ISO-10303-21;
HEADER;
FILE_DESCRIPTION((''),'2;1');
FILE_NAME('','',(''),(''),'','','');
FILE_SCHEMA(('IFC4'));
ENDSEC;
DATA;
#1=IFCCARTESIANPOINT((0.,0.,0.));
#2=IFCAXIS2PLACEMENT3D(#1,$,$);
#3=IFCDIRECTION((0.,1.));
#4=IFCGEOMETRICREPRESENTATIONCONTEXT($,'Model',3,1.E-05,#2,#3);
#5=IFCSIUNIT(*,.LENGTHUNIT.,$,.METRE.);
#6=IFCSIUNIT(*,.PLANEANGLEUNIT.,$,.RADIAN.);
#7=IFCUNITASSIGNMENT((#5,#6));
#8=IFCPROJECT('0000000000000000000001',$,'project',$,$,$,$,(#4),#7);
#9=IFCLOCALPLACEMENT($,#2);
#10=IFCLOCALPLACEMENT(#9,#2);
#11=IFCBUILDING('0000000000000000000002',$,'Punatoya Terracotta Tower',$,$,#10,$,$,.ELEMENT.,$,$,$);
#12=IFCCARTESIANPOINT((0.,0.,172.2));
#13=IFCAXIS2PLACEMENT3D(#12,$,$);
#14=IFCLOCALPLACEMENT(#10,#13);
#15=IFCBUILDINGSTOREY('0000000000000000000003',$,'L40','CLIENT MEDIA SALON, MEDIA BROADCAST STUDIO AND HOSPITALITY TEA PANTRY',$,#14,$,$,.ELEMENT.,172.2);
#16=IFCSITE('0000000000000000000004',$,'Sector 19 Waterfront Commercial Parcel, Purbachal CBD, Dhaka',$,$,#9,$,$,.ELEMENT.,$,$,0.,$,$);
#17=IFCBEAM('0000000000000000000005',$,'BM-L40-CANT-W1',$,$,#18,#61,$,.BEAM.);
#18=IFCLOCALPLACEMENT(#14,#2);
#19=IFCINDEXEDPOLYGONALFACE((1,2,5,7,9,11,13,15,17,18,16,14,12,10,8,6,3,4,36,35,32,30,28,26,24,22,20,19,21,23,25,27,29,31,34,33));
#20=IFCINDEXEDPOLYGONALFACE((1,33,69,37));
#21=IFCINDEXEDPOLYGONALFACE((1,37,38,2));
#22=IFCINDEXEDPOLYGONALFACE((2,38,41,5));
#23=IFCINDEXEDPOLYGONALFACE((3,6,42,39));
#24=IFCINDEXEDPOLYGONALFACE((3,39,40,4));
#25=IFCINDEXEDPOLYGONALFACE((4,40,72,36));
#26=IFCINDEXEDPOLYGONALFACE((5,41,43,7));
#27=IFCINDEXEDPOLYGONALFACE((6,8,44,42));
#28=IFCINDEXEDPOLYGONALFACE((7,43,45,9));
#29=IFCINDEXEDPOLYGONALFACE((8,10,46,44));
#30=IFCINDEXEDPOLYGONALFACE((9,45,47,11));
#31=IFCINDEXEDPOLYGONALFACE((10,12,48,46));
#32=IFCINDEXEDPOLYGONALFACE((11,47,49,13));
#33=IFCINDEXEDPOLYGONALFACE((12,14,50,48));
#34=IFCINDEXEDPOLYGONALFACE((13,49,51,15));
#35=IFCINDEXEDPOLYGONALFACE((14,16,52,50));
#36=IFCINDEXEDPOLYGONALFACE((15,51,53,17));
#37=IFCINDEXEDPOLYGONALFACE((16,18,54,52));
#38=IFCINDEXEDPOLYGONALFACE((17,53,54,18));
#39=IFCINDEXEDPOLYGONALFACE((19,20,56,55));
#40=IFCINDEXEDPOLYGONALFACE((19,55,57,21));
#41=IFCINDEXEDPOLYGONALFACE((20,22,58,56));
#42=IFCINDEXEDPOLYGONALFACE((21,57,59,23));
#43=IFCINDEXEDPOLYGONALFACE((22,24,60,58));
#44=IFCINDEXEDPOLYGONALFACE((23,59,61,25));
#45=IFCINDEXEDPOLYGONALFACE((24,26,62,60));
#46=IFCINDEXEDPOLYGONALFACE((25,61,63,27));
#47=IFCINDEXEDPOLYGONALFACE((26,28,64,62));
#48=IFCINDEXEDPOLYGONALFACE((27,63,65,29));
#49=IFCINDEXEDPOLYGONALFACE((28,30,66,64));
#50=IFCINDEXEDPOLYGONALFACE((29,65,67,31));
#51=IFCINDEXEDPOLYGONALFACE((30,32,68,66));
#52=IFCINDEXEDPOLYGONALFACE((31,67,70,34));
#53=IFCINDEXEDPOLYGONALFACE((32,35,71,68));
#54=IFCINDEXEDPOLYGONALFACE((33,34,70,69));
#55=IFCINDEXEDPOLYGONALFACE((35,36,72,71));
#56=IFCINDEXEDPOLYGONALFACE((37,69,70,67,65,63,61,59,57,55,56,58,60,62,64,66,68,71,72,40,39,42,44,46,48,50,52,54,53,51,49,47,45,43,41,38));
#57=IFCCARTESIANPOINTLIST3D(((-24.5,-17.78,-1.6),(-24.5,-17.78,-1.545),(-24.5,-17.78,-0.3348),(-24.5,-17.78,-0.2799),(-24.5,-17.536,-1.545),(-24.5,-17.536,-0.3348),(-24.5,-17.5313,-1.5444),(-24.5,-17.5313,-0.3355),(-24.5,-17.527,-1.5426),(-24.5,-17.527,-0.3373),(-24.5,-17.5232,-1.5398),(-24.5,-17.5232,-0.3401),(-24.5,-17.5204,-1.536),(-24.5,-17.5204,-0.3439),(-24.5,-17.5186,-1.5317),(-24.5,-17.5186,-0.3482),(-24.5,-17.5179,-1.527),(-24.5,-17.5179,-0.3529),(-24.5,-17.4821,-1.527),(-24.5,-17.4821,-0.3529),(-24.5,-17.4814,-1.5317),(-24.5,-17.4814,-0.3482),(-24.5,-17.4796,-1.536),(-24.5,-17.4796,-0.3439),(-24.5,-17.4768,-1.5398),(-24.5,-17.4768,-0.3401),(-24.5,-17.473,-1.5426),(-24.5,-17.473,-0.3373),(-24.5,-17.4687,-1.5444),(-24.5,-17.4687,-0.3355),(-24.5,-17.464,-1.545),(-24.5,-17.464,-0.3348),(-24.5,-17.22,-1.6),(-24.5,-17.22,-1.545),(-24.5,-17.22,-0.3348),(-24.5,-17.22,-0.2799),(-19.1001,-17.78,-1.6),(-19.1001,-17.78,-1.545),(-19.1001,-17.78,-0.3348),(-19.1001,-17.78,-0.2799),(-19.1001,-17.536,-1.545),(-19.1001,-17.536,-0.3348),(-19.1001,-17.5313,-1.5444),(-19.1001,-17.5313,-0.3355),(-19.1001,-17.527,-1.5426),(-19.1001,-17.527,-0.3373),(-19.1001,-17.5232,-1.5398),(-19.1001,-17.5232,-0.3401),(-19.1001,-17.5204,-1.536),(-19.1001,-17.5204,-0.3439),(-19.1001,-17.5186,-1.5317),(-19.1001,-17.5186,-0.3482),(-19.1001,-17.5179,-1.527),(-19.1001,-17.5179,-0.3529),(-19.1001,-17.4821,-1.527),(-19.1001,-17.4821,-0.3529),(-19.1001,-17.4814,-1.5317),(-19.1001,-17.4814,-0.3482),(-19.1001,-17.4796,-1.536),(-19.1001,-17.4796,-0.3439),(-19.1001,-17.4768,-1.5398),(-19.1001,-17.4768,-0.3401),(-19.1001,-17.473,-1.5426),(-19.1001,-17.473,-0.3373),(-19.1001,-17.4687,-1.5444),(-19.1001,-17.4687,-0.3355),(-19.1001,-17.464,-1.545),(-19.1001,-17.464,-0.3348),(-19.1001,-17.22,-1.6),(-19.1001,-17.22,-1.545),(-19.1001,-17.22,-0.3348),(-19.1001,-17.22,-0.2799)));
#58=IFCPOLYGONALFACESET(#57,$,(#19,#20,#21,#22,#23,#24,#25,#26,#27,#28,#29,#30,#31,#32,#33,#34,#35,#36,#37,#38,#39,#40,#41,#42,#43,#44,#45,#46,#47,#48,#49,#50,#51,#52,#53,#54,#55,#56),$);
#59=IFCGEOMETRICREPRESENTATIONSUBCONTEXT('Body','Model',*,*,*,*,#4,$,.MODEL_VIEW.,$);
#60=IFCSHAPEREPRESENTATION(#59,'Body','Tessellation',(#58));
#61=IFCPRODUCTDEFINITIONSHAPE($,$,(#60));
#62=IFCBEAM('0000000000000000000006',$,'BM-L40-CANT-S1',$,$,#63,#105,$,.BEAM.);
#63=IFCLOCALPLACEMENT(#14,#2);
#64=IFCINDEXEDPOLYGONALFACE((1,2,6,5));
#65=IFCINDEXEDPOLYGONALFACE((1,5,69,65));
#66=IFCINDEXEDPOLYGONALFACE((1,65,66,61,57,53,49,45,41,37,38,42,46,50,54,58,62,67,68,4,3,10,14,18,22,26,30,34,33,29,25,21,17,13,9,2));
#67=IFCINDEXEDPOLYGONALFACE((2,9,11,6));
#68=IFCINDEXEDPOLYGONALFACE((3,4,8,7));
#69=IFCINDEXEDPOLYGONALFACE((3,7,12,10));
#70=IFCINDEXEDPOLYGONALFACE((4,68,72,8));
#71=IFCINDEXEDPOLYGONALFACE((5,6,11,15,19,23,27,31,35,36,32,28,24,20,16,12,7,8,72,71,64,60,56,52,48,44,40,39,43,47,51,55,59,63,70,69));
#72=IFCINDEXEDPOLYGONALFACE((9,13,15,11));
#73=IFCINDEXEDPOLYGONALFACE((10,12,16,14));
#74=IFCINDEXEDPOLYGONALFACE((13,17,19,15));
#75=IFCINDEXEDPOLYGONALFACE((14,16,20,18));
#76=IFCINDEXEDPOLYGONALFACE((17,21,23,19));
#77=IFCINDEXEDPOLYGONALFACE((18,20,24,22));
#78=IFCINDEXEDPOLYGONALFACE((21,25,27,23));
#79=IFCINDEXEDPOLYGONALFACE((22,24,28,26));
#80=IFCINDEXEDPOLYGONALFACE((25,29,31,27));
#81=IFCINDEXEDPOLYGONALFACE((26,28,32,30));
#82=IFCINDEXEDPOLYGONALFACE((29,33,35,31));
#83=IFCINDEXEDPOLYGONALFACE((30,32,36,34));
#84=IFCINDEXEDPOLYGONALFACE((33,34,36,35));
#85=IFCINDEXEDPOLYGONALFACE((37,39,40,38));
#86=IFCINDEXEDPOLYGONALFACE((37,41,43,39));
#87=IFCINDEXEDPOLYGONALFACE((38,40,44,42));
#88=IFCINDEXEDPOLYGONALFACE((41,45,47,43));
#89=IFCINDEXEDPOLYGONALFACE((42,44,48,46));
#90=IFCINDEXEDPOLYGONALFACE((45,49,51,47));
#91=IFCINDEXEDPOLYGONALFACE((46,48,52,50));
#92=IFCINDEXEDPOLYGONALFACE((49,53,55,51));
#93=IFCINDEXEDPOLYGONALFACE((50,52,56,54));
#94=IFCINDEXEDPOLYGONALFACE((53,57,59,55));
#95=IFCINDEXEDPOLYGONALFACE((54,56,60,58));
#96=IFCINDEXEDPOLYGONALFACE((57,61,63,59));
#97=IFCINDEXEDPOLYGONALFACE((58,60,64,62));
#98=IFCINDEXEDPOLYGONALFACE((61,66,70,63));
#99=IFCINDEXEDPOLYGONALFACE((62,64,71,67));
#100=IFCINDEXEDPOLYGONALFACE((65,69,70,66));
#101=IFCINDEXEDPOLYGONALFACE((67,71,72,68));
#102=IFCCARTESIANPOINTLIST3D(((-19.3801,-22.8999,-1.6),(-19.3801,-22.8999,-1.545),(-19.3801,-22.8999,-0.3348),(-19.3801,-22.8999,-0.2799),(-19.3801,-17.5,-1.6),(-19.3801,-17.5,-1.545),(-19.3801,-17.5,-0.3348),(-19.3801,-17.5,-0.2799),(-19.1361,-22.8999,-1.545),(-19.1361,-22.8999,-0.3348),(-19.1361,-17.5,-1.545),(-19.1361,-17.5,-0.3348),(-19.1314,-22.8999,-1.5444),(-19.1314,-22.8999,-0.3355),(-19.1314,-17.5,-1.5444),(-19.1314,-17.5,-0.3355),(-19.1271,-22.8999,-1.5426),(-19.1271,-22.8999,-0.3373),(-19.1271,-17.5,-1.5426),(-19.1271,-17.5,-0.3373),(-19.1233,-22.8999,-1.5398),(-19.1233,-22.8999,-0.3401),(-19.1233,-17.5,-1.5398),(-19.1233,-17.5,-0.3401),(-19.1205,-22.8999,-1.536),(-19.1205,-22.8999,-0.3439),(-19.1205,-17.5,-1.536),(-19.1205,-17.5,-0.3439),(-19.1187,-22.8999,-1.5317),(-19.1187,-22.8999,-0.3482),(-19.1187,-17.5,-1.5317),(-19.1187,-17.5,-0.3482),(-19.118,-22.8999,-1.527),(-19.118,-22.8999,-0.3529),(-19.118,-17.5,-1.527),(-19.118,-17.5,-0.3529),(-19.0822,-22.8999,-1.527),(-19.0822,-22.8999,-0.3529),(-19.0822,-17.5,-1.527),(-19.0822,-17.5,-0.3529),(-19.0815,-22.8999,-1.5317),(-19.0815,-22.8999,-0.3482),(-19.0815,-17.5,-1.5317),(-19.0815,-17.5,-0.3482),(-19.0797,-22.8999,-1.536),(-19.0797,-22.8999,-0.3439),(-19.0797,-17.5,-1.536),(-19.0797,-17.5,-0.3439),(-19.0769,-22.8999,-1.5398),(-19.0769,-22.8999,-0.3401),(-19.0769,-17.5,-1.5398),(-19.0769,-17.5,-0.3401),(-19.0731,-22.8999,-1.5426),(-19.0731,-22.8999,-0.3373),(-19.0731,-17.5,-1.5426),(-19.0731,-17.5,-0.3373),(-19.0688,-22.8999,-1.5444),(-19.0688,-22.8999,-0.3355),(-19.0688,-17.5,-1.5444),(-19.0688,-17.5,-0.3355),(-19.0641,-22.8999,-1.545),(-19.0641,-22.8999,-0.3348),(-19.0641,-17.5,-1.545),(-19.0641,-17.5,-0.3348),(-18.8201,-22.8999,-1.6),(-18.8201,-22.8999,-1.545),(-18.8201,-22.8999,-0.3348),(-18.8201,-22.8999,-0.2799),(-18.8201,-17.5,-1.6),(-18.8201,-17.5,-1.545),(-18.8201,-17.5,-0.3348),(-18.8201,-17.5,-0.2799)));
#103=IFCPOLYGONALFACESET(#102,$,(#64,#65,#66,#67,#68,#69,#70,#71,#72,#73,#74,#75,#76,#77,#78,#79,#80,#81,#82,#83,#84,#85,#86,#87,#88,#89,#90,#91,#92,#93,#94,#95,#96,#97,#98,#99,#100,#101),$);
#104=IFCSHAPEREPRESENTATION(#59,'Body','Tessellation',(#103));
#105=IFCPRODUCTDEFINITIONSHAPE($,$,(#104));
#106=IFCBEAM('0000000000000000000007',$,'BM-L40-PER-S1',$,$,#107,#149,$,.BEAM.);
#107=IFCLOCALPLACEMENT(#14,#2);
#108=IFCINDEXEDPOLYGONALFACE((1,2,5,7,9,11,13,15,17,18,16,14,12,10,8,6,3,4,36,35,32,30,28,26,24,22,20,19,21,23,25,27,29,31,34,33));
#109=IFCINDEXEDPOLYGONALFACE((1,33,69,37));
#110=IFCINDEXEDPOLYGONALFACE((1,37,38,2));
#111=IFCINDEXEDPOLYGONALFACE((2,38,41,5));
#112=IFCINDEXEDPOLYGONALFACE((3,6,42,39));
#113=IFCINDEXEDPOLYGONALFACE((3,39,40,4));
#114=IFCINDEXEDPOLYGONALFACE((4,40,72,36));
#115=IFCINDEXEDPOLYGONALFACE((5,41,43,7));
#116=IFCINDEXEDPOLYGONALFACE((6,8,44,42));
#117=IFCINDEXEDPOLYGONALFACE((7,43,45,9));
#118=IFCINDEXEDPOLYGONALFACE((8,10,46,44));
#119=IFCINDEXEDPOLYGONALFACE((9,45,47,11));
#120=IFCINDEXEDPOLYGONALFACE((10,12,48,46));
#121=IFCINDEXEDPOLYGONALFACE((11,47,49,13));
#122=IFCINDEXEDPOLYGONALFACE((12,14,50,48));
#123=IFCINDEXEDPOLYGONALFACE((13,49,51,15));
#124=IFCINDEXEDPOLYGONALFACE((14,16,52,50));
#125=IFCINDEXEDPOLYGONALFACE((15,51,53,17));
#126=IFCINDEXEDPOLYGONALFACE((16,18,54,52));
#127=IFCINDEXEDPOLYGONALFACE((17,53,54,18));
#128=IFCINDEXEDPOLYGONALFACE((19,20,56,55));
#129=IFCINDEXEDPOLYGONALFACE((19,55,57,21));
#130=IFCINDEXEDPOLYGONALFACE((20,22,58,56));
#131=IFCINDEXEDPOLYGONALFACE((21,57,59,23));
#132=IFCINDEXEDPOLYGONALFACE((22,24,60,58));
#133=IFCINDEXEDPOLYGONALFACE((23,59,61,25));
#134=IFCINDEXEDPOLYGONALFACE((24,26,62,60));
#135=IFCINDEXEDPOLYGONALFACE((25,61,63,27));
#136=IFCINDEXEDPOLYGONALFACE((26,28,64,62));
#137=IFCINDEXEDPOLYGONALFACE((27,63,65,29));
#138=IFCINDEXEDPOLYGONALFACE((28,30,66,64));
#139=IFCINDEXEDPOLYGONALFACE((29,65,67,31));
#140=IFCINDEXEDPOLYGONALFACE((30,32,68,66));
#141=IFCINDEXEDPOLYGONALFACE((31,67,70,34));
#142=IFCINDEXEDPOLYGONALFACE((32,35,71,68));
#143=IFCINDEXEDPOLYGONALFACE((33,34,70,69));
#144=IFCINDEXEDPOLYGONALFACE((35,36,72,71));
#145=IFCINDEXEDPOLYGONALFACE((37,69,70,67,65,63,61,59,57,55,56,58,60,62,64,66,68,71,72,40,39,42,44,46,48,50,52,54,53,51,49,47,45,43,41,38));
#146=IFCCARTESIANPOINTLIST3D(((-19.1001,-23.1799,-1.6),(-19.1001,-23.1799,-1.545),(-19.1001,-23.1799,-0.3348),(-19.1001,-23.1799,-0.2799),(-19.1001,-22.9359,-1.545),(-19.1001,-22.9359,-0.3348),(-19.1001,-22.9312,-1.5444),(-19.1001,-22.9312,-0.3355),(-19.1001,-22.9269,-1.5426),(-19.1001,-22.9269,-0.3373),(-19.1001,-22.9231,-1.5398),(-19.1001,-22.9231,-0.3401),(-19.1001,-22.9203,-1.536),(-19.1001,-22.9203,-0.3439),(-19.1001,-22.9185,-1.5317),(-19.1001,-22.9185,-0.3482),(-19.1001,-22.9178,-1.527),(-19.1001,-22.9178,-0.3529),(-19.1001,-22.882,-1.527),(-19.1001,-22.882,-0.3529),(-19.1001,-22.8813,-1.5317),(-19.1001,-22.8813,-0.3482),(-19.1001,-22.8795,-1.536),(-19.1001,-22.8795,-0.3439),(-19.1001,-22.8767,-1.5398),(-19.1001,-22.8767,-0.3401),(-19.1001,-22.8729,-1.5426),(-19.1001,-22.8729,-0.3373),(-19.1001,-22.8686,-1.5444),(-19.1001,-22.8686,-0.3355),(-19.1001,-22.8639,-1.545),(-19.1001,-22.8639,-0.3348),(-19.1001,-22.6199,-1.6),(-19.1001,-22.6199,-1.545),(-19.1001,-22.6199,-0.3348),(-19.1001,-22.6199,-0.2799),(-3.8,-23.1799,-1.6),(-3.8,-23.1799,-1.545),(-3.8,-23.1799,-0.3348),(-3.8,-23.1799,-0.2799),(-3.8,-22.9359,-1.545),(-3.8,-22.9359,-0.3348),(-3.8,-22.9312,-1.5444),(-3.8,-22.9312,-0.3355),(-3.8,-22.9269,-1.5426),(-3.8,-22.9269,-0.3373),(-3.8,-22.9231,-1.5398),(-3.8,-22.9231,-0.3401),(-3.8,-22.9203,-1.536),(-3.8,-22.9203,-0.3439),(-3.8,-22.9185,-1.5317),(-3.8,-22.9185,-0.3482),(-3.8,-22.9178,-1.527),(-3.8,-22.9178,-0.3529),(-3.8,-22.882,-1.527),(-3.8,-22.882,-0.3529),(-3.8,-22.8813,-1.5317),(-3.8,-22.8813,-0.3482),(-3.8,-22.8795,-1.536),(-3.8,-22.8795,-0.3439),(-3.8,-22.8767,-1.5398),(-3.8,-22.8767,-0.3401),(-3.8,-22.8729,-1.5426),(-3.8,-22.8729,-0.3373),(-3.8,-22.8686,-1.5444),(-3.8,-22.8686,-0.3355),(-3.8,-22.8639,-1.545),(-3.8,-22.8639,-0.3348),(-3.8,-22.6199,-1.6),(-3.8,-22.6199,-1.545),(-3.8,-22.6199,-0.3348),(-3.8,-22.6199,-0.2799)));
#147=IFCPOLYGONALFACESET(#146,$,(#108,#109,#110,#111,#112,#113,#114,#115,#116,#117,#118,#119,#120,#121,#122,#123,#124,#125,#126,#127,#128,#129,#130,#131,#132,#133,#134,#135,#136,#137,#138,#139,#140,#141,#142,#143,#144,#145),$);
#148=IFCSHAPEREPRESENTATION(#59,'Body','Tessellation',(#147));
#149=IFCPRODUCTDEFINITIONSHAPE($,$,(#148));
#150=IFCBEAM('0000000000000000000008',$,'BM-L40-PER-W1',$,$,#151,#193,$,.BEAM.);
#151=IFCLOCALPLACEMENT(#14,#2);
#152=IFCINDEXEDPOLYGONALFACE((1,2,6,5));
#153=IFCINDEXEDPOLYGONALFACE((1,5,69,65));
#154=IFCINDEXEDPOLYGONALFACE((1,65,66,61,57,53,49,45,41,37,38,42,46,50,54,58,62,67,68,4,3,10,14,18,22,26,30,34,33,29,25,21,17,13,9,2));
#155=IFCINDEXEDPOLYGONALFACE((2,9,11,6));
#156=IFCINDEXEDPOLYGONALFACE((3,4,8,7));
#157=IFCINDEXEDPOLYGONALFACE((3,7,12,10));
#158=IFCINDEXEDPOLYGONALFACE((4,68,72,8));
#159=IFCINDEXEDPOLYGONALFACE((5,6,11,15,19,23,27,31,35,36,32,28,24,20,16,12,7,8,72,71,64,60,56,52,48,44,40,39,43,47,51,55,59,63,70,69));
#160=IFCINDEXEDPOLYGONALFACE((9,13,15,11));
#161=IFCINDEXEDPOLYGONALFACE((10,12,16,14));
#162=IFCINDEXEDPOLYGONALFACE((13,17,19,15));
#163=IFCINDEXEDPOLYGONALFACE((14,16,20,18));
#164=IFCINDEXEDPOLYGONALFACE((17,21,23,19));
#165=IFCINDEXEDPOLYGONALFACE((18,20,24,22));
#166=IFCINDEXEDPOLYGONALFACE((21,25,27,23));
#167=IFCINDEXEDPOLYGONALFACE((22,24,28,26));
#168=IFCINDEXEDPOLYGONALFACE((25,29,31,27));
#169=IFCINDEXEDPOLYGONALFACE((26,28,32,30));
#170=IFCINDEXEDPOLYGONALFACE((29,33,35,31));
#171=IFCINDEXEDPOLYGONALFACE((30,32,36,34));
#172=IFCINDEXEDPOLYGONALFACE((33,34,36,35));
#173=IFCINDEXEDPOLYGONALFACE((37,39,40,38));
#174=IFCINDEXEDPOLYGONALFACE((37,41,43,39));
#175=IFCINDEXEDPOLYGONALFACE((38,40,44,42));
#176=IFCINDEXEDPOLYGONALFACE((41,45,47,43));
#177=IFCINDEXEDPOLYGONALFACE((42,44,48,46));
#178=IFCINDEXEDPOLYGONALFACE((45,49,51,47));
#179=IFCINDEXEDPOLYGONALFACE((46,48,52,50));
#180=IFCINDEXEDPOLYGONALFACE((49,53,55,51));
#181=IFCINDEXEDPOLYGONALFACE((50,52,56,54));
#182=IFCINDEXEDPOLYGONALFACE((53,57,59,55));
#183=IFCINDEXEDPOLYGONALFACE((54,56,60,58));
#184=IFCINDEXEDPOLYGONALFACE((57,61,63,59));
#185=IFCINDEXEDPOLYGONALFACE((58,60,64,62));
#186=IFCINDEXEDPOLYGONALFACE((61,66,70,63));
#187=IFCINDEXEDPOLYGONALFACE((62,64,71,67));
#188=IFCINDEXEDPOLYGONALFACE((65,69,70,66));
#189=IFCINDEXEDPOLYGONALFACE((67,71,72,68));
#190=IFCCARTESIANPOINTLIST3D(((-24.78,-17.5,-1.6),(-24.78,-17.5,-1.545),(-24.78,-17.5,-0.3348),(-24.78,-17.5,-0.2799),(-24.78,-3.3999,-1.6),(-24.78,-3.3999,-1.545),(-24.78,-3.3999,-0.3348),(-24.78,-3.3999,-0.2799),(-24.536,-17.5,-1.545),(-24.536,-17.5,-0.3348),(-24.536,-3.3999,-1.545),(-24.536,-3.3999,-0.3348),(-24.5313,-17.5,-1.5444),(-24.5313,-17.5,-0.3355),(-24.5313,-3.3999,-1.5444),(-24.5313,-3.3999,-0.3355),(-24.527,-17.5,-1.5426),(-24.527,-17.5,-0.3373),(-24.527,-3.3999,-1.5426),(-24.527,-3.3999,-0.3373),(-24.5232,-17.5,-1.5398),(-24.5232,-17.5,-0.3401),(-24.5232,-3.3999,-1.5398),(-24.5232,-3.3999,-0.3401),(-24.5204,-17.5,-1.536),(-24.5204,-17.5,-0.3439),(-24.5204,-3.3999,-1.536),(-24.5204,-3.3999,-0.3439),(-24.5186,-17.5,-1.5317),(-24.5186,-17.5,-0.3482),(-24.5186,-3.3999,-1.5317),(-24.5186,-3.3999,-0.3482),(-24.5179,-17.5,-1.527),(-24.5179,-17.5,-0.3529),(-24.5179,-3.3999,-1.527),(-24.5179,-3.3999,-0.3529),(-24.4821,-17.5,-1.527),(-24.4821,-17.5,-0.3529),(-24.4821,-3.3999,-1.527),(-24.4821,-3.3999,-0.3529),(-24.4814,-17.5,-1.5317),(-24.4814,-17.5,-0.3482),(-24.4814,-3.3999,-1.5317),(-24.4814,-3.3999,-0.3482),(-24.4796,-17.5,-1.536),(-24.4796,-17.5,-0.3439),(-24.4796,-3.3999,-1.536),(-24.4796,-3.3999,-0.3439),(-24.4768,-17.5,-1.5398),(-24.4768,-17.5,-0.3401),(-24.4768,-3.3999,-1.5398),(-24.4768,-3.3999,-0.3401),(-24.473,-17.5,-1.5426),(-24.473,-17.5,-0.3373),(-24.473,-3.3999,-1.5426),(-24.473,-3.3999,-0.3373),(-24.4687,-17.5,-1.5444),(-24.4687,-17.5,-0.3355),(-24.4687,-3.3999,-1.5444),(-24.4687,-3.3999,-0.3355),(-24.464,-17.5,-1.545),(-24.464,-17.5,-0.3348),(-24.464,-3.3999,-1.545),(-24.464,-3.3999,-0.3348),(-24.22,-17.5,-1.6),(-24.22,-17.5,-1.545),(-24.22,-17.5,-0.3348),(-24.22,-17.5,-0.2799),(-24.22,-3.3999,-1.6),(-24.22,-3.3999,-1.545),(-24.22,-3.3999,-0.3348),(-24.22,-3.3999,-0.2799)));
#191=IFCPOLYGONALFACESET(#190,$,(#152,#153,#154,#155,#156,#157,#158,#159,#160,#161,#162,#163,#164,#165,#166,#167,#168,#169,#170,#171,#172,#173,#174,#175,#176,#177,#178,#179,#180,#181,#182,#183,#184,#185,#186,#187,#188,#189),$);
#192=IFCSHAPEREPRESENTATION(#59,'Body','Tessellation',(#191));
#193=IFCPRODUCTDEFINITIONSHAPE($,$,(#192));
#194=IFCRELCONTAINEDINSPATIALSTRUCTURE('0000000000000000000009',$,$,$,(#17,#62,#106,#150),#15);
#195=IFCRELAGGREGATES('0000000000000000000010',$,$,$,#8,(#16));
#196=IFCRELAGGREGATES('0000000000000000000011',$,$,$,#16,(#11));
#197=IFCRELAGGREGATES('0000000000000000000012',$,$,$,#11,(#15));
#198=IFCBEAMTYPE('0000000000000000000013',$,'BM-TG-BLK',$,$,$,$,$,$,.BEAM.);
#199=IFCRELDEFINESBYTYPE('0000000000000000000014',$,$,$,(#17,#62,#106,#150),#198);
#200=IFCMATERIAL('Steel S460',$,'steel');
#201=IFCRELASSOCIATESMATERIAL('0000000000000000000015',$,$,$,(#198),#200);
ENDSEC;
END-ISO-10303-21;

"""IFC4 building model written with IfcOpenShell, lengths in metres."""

from ifc_helpers import new_model, si_unit, direction, frame, origin, origin_2d, place, context, subcontext, project, spatial, i_section, extrude, material, material_profile, profile_set, type_object, element, save


model = new_model("IFC4")

# Units and contexts
model_context = context("Model", 3, precision=1e-05, world=origin(), true_north=direction((0.0, 1.0)))
body_context = subcontext(model_context, "Body", "Model", "MODEL_VIEW")
ifc_project = project(units=[si_unit("LENGTHUNIT", "METRE"), si_unit("PLANEANGLEUNIT", "RADIAN")], contexts=[model_context])

# Site, building, storey
site_placement = place(None, origin())
site = spatial("IfcSite", under=ifc_project, at=site_placement, Name="Sector 19 Waterfront Commercial Parcel, Purbachal CBD, Dhaka", CompositionType="ELEMENT", RefElevation=0.0)
building_placement = place(site_placement, origin())
building = spatial("IfcBuilding", under=site, at=building_placement, Name="Punatoya Terracotta Tower", CompositionType="ELEMENT")
storey_placement = place(building_placement, frame((0.0, 0.0, 172.2)))
storey = spatial("IfcBuildingStorey", under=building, at=storey_placement, Name="L40", Description="CLIENT MEDIA SALON, MEDIA BROADCAST STUDIO AND HOSPITALITY TEA PANTRY", CompositionType="ELEMENT", Elevation=172.2)

# Shared definitions
ifc_material_1 = material(Name="Steel S460", Category="steel")

# Beams
ifc_material_profile_1 = material_profile(ifc_material_1, i_section(OverallWidth=0.5601, OverallDepth=1.3201, WebThickness=0.0359, FlangeThickness=0.0549, FilletRadius=0.0181, at=origin_2d()))
ifc_profile_set_1 = profile_set([ifc_material_profile_1], Name="Steel S460")
beam_type = type_object("IfcBeamType", Name="BM-TG-BLK", PredefinedType="BEAM", material=ifc_profile_set_1)
for number, where, z_axis, x_axis, name in (
    (1, (-24.5, -17.5, -0.9399), (1.0, 0.0, 0.0), (0.0, 1.0, 0.0), "BM-L40-CANT-W1"),
    (2, (-19.1001, -22.8999, -0.9399), (0.0, 1.0, 0.0), (-1.0, 0.0, 0.0), "BM-L40-CANT-S1"),
):
    element("IfcBeam", number, at=place(storey_placement, frame(where, z_axis=z_axis, x_axis=x_axis)), inside=storey, type_object=beam_type, Name=name, PredefinedType="BEAM", context=body_context, shape_type="SweptSolid", body=[
        extrude(i_section(OverallWidth=0.5601, OverallDepth=1.3201, WebThickness=0.0359, FlangeThickness=0.0549, FilletRadius=0.0181, at=origin_2d()), origin(), (0.0, 0.0, 1.0), 5.3999),
    ])
beam_1_placement = place(storey_placement, frame((-19.1001, -22.8999, -0.9399), z_axis=(1.0, 0.0, 0.0), x_axis=(0.0, 1.0, 0.0)))
element("IfcBeam", 3, at=beam_1_placement, inside=storey, type_object=beam_type, Name="BM-L40-PER-S1", PredefinedType="BEAM", context=body_context, shape_type="SweptSolid", body=[
    extrude(i_section(OverallWidth=0.5601, OverallDepth=1.3201, WebThickness=0.0359, FlangeThickness=0.0549, FilletRadius=0.0181, at=origin_2d()), origin(), (0.0, 0.0, 1.0), 15.3),
])
beam_2_placement = place(storey_placement, frame((-24.5, -17.5, -0.9399), z_axis=(0.0, 1.0, 0.0), x_axis=(-1.0, 0.0, 0.0)))
element("IfcBeam", 4, at=beam_2_placement, inside=storey, type_object=beam_type, Name="BM-L40-PER-W1", PredefinedType="BEAM", context=body_context, shape_type="SweptSolid", body=[
    extrude(i_section(OverallWidth=0.5601, OverallDepth=1.3201, WebThickness=0.0359, FlangeThickness=0.0549, FilletRadius=0.0181, at=origin_2d()), origin(), (0.0, 0.0, 1.0), 14.1001),
])

save(model, "model.ifc")
